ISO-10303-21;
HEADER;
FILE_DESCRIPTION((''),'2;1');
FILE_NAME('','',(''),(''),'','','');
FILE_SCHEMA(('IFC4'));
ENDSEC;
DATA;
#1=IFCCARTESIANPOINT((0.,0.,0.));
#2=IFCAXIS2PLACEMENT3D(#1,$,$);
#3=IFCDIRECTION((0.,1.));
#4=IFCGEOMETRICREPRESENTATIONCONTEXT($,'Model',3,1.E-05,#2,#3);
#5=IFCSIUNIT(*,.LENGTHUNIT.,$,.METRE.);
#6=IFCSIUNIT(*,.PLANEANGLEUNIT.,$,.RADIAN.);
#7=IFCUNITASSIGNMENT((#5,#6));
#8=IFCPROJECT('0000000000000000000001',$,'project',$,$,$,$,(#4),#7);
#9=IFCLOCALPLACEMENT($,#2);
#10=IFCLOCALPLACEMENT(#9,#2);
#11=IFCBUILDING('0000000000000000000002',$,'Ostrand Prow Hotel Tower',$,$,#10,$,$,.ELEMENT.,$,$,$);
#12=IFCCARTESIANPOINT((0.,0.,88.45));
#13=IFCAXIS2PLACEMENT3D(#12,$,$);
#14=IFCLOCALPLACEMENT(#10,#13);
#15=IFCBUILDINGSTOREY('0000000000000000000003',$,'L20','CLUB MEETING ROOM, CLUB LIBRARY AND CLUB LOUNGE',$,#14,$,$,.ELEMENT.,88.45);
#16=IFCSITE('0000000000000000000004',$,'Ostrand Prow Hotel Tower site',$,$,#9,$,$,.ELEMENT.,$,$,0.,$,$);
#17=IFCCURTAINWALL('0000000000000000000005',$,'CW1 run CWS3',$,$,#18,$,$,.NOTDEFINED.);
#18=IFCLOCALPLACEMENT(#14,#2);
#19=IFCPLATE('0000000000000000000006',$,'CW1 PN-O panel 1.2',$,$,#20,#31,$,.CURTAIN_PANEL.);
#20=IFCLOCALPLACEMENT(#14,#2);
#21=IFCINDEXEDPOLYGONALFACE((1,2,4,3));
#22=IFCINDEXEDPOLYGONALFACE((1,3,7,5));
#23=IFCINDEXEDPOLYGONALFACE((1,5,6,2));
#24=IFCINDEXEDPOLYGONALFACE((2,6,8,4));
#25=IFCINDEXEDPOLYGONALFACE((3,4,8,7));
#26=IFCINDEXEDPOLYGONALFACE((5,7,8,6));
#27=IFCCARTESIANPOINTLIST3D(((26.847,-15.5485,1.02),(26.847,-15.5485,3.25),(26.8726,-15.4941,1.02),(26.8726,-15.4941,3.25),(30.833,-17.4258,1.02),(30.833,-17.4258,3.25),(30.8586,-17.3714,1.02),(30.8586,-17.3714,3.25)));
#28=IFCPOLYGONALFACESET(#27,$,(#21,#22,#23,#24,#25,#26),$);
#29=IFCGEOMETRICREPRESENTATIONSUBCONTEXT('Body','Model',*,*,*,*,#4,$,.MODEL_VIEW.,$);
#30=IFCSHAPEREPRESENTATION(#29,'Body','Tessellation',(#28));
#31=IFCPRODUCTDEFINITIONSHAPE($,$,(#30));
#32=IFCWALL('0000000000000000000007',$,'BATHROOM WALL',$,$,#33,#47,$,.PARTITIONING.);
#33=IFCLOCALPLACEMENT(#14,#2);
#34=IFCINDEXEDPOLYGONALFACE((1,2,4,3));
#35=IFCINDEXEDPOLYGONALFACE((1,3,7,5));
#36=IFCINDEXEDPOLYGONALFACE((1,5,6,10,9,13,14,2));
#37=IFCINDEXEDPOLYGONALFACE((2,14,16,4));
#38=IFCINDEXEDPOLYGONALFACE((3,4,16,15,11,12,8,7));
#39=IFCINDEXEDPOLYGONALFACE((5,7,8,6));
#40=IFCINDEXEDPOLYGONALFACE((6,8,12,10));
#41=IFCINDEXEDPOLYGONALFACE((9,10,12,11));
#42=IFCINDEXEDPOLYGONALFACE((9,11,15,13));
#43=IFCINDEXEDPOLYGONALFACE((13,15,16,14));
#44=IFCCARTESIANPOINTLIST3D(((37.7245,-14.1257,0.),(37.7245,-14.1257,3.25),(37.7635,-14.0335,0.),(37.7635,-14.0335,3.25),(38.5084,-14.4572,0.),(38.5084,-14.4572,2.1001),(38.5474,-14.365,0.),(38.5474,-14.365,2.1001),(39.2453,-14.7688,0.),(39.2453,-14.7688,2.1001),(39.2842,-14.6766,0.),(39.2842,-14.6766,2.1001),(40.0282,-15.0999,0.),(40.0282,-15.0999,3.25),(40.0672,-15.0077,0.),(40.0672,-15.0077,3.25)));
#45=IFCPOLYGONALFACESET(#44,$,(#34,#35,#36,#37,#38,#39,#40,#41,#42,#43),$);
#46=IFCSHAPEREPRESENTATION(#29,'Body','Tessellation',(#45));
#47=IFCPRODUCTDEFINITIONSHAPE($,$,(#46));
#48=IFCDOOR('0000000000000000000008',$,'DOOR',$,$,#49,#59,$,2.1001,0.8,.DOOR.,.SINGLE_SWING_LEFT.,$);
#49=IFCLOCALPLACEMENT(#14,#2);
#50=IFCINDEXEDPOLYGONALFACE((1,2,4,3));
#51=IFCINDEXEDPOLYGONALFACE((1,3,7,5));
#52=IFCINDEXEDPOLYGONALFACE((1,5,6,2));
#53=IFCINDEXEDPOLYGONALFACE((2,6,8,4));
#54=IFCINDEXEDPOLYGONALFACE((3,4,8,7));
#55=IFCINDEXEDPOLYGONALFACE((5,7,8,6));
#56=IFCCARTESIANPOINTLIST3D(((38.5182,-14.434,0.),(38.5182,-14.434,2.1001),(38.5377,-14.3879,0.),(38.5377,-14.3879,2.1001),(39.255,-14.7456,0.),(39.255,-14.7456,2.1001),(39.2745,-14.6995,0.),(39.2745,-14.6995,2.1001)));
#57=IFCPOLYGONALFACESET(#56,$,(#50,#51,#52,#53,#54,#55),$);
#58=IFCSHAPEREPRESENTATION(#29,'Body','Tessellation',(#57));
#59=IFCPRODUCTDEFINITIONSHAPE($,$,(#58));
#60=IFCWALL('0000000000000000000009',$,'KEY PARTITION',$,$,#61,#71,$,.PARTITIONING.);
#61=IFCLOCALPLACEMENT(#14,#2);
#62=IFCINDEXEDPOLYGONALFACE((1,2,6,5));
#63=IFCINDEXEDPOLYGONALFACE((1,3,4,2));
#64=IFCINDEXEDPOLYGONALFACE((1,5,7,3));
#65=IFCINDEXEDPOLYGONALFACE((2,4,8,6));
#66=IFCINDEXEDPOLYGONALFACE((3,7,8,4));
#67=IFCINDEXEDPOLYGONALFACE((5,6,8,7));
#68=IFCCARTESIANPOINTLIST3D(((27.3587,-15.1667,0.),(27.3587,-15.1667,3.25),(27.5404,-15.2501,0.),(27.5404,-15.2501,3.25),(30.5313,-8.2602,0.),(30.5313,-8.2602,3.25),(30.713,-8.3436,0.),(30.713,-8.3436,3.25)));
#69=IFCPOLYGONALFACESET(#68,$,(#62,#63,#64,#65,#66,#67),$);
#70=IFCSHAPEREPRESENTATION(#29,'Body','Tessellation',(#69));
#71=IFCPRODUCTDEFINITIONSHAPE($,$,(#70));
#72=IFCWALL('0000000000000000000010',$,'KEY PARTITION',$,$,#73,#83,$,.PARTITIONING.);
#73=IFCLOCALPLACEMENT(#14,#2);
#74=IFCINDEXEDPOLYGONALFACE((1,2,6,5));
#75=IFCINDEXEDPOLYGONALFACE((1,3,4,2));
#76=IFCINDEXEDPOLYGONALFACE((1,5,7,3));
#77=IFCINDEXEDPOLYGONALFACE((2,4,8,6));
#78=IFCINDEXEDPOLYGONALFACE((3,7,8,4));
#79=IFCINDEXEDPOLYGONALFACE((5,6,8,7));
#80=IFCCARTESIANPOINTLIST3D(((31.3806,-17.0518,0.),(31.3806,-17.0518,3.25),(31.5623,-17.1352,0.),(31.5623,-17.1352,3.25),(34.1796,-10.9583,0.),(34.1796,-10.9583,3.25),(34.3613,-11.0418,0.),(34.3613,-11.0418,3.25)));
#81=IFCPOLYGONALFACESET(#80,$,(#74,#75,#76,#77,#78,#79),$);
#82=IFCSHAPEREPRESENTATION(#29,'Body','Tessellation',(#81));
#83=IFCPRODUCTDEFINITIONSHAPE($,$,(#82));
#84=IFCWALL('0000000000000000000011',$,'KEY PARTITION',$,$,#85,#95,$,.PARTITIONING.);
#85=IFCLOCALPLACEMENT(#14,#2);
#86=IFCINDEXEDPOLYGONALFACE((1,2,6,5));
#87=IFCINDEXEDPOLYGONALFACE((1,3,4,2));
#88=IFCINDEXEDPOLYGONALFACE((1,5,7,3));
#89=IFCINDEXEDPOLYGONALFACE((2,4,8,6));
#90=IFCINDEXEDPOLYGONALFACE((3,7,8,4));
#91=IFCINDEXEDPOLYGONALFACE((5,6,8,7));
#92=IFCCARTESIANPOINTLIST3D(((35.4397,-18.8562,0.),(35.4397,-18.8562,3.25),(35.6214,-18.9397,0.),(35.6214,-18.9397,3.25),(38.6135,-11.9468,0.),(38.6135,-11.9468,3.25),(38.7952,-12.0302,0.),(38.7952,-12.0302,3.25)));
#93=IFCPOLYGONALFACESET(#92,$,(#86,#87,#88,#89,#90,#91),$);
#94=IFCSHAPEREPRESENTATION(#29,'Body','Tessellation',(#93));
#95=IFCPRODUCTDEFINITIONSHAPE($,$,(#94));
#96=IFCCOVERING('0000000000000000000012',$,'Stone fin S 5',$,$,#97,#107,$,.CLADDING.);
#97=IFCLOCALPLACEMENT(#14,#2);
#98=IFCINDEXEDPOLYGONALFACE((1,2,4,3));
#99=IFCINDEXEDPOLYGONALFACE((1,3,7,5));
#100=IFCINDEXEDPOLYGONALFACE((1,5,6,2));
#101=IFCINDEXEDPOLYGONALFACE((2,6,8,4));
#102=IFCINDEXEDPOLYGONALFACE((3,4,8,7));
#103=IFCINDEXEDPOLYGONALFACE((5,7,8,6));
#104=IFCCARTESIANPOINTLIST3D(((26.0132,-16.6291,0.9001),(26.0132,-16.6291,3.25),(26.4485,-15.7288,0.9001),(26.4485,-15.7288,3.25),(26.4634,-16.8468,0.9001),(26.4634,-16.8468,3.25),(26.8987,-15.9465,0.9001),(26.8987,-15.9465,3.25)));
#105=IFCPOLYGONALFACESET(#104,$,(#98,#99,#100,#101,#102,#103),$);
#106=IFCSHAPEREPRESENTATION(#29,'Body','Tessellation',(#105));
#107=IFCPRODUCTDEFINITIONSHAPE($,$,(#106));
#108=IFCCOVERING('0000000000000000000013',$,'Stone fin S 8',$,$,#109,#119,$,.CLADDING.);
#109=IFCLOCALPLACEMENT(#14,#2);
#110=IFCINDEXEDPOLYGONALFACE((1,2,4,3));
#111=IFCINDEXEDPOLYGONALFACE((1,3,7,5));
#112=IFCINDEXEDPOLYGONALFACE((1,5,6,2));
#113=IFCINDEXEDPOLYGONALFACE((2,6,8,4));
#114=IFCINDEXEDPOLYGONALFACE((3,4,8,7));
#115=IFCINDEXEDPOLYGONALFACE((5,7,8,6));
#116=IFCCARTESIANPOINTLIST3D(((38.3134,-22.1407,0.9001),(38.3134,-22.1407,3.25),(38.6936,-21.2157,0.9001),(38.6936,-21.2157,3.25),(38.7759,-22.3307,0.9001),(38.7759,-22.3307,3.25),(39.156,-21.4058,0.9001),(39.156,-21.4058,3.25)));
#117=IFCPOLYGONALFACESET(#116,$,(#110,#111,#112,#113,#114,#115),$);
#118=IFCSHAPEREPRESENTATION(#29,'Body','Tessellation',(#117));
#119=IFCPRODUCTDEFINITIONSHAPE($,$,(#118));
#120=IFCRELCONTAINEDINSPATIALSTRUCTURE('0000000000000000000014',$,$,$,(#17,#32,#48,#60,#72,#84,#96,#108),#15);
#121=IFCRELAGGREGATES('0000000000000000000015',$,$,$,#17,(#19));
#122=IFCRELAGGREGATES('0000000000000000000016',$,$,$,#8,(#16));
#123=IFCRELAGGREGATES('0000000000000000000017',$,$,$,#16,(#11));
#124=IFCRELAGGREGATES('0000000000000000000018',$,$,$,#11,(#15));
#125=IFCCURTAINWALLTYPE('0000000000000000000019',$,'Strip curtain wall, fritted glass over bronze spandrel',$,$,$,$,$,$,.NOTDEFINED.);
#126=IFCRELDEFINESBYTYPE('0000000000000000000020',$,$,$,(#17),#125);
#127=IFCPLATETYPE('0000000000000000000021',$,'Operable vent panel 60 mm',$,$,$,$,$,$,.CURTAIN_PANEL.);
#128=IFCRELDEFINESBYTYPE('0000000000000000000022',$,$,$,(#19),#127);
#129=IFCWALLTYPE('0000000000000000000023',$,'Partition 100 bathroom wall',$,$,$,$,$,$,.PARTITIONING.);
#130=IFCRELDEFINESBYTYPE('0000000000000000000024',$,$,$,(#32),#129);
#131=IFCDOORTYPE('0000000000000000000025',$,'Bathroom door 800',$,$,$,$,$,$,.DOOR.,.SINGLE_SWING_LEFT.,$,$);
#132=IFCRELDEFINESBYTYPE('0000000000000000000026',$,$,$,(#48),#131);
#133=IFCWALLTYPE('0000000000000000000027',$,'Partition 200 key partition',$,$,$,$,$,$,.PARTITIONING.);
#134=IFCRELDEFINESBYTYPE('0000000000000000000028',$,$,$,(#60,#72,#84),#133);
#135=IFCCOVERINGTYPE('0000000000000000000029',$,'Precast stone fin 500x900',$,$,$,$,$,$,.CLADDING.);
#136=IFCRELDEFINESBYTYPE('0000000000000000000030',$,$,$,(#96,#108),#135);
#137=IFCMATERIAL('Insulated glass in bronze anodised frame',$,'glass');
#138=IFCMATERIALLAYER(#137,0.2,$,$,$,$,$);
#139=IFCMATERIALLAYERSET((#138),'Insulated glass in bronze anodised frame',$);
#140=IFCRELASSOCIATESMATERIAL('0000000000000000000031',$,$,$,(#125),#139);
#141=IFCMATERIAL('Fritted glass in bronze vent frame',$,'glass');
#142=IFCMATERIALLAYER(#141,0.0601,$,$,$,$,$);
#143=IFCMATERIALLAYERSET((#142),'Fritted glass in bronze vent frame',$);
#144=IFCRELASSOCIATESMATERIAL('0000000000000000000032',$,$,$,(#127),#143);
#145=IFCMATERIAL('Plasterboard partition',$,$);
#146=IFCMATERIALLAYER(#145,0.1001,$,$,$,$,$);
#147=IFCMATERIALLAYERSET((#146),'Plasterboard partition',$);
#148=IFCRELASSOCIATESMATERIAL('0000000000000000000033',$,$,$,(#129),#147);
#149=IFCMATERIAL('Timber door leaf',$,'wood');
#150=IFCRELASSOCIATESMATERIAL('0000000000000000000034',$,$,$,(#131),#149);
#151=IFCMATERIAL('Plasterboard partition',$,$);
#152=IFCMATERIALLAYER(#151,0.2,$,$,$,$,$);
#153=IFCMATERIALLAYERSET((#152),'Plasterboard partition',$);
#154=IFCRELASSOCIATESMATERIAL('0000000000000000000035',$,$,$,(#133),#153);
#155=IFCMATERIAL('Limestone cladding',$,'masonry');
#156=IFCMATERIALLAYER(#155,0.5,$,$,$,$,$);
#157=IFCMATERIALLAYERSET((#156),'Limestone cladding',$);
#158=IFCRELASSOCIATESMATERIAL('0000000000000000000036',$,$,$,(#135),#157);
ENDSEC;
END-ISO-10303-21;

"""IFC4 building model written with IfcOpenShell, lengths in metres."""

from ifc_helpers import new_model, si_unit, direction, frame, frame_2d, origin, origin_2d, place, context, subcontext, project, spatial, rectangle, extrude, material, layer, layer_set, type_object, element, fill, aggregate, save


model = new_model("IFC4")

# Units and contexts
model_context = context("Model", 3, precision=1e-05, world=origin(), true_north=direction((0.0, 1.0)))
body_context = subcontext(model_context, "Body", "Model", "MODEL_VIEW")
ifc_project = project(units=[si_unit("LENGTHUNIT", "METRE"), si_unit("PLANEANGLEUNIT", "RADIAN")], contexts=[model_context])

# Site, building, storey
site_placement = place(None, origin())
site = spatial("IfcSite", under=ifc_project, at=site_placement, Name="Ostrand Prow Hotel Tower site", CompositionType="ELEMENT", RefElevation=0.0)
building_placement = place(site_placement, origin())
building = spatial("IfcBuilding", under=site, at=building_placement, Name="Ostrand Prow Hotel Tower", CompositionType="ELEMENT")
storey_placement = place(building_placement, frame((0.0, 0.0, 88.45)))
storey = spatial("IfcBuildingStorey", under=building, at=storey_placement, Name="L20", Description="CLUB MEETING ROOM, CLUB LIBRARY AND CLUB LOUNGE", CompositionType="ELEMENT", Elevation=88.45)

# Shared definitions
ifc_material_1 = material(Name="Insulated glass in bronze anodised frame", Category="glass")
ifc_layer_1 = layer(ifc_material_1, 0.2)
ifc_layer_set_1 = layer_set([ifc_layer_1], Name="Insulated glass in bronze anodised frame")
curtain_wall_type = type_object("IfcCurtainWallType", Name="Strip curtain wall, fritted glass over bronze spandrel", PredefinedType="NOTDEFINED", material=ifc_layer_set_1)

# Curtain wall
curtain_wall_1_placement = place(storey_placement, origin())
curtain_wall_1 = element("IfcCurtainWall", 1, at=curtain_wall_1_placement, inside=storey, type_object=curtain_wall_type, Name="CW1 run CWS3", PredefinedType="NOTDEFINED")

# Plate
ifc_material_2 = material(Name="Fritted glass in bronze vent frame", Category="glass")
ifc_layer_2 = layer(ifc_material_2, 0.0601)
ifc_layer_set_2 = layer_set([ifc_layer_2], Name="Fritted glass in bronze vent frame")
plate_type_1 = type_object("IfcPlateType", Name="Operable vent panel 60 mm", PredefinedType="CURTAIN_PANEL", material=ifc_layer_set_2)
plate_1_placement = place(storey_placement, frame((28.8528, -16.46, 1.02), z_axis=(0.0, 0.0, 1.0), x_axis=(0.904686, -0.426079, 0.0)))
plate_1 = element("IfcPlate", 2, at=plate_1_placement, type_object=plate_type_1, Name="CW1 PN-O panel 1.2", PredefinedType="CURTAIN_PANEL", context=body_context, shape_type="SweptSolid", body=[
    extrude(rectangle(XDim=4.406, YDim=0.0601, at=origin_2d()), origin(), (0.0, 0.0, 1.0), 2.23),
])
aggregate(curtain_wall_1, [plate_1])

# Wall, opening, door
ifc_material_3 = material(Name="Plasterboard partition")
ifc_layer_3 = layer(ifc_material_3, 0.1001)
ifc_layer_set_3 = layer_set([ifc_layer_3], Name="Plasterboard partition")
wall_type_1 = type_object("IfcWallType", Name="Partition 100 bathroom wall", PredefinedType="PARTITIONING", material=ifc_layer_set_3)
wall_1_placement = place(storey_placement, frame((40.0476, -15.0537, 0.0), z_axis=(0.0, 0.0, 1.0), x_axis=(-0.921043, 0.389462, 0.0)))
wall_1 = element("IfcWall", 3, at=wall_1_placement, inside=storey, type_object=wall_type_1, Name="BATHROOM WALL", PredefinedType="PARTITIONING", context=body_context, shape_type="SweptSolid", body=[
    extrude(rectangle(XDim=2.5012, YDim=0.1001, at=frame_2d((1.2505, 0.0))), origin(), (0.0, 0.0, 1.0), 3.25),
])
opening_placement = place(wall_1_placement, frame((0.8501, 0.0, 0.0)))
opening = element("IfcOpeningElement", 4, at=opening_placement, cuts=wall_1, PredefinedType="OPENING", context=body_context, shape_type="SweptSolid", body=[
    extrude(rectangle(XDim=0.8, YDim=2.1001, at=frame_2d((0.3999, 1.05))), frame((0.0, 0.0601, 0.0), z_axis=(0.0, -1.0, 0.0), x_axis=(1.0, 0.0, 0.0)), (0.0, 0.0, 1.0), 0.1201),
])
ifc_material_4 = material(Name="Timber door leaf", Category="wood")
door_type = type_object("IfcDoorType", Name="Bathroom door 800", OperationType="SINGLE_SWING_LEFT", PredefinedType="DOOR", material=ifc_material_4)
door_placement = place(opening_placement, origin())
door = element("IfcDoor", 5, at=door_placement, inside=storey, type_object=door_type, Name="DOOR", OperationType="SINGLE_SWING_LEFT", OverallHeight=2.1001, OverallWidth=0.8, PredefinedType="DOOR", context=body_context, shape_type="SweptSolid", body=[
    extrude(rectangle(XDim=0.8, YDim=2.1001, at=frame_2d((0.3999, 1.05))), frame((0.0, 0.0249, 0.0), z_axis=(0.0, -1.0, 0.0), x_axis=(1.0, 0.0, 0.0)), (0.0, 0.0, 1.0), 0.05),
])
fill(opening, door)

# Walls
ifc_material_5 = material(Name="Plasterboard partition")
ifc_layer_4 = layer(ifc_material_5, 0.2)
ifc_layer_set_4 = layer_set([ifc_layer_4], Name="Plasterboard partition")
wall_type_2 = type_object("IfcWallType", Name="Partition 200 key partition", PredefinedType="PARTITIONING", material=ifc_layer_set_4)
wall_2_placement = place(storey_placement, frame((27.4495, -15.2085, 0.0), z_axis=(0.0, 0.0, 1.0), x_axis=(0.41743, 0.908709, 0.0)))
element("IfcWall", 6, at=wall_2_placement, inside=storey, type_object=wall_type_2, Name="KEY PARTITION", PredefinedType="PARTITIONING", context=body_context, shape_type="SweptSolid", body=[
    extrude(rectangle(XDim=7.6003, YDim=0.2, at=frame_2d((3.8003, 0.0))), origin(), (0.0, 0.0, 1.0), 3.25),
])
wall_3_placement = place(storey_placement, frame((31.4714, -17.0935, 0.0), z_axis=(0.0, 0.0, 1.0), x_axis=(0.417421, 0.908713, 0.0)))
element("IfcWall", 7, at=wall_3_placement, inside=storey, type_object=wall_type_2, Name="KEY PARTITION", PredefinedType="PARTITIONING", context=body_context, shape_type="SweptSolid", body=[
    extrude(rectangle(XDim=6.7056, YDim=0.2, at=frame_2d((3.3528, 0.0))), origin(), (0.0, 0.0, 1.0), 3.25),
])
wall_4_placement = place(storey_placement, frame((35.5305, -18.8979, 0.0), z_axis=(0.0, 0.0, 1.0), x_axis=(0.417416, 0.908715, 0.0)))
element("IfcWall", 8, at=wall_4_placement, inside=storey, type_object=wall_type_2, Name="KEY PARTITION", PredefinedType="PARTITIONING", context=body_context, shape_type="SweptSolid", body=[
    extrude(rectangle(XDim=7.6035, YDim=0.2, at=frame_2d((3.8018, 0.0))), origin(), (0.0, 0.0, 1.0), 3.25),
])

# Coverings
ifc_material_6 = material(Name="Limestone cladding", Category="masonry")
ifc_layer_5 = layer(ifc_material_6, 0.5)
ifc_layer_set_5 = layer_set([ifc_layer_5], Name="Limestone cladding")
covering_type = type_object("IfcCoveringType", Name="Precast stone fin 500x900", PredefinedType="CLADDING", material=ifc_layer_set_5)
for number, where, z_axis, x_axis, name in (
    (9, (26.6736, -15.8376, 0.9001), (0.0, 0.0, 1.0), (-0.435261, -0.900304, 0.0), "Stone fin S 5"),
    (10, (38.9248, -21.3108, 0.9001), (0.0, 0.0, 1.0), (-0.380173, -0.924916, 0.0), "Stone fin S 8"),
):
    element("IfcCovering", number, at=place(storey_placement, frame(where, z_axis=z_axis, x_axis=x_axis)), inside=storey, type_object=covering_type, Name=name, PredefinedType="CLADDING", context=body_context, shape_type="SweptSolid", body=[
        extrude(rectangle(XDim=1.0, YDim=0.5, at=frame_2d((0.5, 0.0))), origin(), (0.0, 0.0, 1.0), 2.3499),
    ])

save(model, "model.ifc")
